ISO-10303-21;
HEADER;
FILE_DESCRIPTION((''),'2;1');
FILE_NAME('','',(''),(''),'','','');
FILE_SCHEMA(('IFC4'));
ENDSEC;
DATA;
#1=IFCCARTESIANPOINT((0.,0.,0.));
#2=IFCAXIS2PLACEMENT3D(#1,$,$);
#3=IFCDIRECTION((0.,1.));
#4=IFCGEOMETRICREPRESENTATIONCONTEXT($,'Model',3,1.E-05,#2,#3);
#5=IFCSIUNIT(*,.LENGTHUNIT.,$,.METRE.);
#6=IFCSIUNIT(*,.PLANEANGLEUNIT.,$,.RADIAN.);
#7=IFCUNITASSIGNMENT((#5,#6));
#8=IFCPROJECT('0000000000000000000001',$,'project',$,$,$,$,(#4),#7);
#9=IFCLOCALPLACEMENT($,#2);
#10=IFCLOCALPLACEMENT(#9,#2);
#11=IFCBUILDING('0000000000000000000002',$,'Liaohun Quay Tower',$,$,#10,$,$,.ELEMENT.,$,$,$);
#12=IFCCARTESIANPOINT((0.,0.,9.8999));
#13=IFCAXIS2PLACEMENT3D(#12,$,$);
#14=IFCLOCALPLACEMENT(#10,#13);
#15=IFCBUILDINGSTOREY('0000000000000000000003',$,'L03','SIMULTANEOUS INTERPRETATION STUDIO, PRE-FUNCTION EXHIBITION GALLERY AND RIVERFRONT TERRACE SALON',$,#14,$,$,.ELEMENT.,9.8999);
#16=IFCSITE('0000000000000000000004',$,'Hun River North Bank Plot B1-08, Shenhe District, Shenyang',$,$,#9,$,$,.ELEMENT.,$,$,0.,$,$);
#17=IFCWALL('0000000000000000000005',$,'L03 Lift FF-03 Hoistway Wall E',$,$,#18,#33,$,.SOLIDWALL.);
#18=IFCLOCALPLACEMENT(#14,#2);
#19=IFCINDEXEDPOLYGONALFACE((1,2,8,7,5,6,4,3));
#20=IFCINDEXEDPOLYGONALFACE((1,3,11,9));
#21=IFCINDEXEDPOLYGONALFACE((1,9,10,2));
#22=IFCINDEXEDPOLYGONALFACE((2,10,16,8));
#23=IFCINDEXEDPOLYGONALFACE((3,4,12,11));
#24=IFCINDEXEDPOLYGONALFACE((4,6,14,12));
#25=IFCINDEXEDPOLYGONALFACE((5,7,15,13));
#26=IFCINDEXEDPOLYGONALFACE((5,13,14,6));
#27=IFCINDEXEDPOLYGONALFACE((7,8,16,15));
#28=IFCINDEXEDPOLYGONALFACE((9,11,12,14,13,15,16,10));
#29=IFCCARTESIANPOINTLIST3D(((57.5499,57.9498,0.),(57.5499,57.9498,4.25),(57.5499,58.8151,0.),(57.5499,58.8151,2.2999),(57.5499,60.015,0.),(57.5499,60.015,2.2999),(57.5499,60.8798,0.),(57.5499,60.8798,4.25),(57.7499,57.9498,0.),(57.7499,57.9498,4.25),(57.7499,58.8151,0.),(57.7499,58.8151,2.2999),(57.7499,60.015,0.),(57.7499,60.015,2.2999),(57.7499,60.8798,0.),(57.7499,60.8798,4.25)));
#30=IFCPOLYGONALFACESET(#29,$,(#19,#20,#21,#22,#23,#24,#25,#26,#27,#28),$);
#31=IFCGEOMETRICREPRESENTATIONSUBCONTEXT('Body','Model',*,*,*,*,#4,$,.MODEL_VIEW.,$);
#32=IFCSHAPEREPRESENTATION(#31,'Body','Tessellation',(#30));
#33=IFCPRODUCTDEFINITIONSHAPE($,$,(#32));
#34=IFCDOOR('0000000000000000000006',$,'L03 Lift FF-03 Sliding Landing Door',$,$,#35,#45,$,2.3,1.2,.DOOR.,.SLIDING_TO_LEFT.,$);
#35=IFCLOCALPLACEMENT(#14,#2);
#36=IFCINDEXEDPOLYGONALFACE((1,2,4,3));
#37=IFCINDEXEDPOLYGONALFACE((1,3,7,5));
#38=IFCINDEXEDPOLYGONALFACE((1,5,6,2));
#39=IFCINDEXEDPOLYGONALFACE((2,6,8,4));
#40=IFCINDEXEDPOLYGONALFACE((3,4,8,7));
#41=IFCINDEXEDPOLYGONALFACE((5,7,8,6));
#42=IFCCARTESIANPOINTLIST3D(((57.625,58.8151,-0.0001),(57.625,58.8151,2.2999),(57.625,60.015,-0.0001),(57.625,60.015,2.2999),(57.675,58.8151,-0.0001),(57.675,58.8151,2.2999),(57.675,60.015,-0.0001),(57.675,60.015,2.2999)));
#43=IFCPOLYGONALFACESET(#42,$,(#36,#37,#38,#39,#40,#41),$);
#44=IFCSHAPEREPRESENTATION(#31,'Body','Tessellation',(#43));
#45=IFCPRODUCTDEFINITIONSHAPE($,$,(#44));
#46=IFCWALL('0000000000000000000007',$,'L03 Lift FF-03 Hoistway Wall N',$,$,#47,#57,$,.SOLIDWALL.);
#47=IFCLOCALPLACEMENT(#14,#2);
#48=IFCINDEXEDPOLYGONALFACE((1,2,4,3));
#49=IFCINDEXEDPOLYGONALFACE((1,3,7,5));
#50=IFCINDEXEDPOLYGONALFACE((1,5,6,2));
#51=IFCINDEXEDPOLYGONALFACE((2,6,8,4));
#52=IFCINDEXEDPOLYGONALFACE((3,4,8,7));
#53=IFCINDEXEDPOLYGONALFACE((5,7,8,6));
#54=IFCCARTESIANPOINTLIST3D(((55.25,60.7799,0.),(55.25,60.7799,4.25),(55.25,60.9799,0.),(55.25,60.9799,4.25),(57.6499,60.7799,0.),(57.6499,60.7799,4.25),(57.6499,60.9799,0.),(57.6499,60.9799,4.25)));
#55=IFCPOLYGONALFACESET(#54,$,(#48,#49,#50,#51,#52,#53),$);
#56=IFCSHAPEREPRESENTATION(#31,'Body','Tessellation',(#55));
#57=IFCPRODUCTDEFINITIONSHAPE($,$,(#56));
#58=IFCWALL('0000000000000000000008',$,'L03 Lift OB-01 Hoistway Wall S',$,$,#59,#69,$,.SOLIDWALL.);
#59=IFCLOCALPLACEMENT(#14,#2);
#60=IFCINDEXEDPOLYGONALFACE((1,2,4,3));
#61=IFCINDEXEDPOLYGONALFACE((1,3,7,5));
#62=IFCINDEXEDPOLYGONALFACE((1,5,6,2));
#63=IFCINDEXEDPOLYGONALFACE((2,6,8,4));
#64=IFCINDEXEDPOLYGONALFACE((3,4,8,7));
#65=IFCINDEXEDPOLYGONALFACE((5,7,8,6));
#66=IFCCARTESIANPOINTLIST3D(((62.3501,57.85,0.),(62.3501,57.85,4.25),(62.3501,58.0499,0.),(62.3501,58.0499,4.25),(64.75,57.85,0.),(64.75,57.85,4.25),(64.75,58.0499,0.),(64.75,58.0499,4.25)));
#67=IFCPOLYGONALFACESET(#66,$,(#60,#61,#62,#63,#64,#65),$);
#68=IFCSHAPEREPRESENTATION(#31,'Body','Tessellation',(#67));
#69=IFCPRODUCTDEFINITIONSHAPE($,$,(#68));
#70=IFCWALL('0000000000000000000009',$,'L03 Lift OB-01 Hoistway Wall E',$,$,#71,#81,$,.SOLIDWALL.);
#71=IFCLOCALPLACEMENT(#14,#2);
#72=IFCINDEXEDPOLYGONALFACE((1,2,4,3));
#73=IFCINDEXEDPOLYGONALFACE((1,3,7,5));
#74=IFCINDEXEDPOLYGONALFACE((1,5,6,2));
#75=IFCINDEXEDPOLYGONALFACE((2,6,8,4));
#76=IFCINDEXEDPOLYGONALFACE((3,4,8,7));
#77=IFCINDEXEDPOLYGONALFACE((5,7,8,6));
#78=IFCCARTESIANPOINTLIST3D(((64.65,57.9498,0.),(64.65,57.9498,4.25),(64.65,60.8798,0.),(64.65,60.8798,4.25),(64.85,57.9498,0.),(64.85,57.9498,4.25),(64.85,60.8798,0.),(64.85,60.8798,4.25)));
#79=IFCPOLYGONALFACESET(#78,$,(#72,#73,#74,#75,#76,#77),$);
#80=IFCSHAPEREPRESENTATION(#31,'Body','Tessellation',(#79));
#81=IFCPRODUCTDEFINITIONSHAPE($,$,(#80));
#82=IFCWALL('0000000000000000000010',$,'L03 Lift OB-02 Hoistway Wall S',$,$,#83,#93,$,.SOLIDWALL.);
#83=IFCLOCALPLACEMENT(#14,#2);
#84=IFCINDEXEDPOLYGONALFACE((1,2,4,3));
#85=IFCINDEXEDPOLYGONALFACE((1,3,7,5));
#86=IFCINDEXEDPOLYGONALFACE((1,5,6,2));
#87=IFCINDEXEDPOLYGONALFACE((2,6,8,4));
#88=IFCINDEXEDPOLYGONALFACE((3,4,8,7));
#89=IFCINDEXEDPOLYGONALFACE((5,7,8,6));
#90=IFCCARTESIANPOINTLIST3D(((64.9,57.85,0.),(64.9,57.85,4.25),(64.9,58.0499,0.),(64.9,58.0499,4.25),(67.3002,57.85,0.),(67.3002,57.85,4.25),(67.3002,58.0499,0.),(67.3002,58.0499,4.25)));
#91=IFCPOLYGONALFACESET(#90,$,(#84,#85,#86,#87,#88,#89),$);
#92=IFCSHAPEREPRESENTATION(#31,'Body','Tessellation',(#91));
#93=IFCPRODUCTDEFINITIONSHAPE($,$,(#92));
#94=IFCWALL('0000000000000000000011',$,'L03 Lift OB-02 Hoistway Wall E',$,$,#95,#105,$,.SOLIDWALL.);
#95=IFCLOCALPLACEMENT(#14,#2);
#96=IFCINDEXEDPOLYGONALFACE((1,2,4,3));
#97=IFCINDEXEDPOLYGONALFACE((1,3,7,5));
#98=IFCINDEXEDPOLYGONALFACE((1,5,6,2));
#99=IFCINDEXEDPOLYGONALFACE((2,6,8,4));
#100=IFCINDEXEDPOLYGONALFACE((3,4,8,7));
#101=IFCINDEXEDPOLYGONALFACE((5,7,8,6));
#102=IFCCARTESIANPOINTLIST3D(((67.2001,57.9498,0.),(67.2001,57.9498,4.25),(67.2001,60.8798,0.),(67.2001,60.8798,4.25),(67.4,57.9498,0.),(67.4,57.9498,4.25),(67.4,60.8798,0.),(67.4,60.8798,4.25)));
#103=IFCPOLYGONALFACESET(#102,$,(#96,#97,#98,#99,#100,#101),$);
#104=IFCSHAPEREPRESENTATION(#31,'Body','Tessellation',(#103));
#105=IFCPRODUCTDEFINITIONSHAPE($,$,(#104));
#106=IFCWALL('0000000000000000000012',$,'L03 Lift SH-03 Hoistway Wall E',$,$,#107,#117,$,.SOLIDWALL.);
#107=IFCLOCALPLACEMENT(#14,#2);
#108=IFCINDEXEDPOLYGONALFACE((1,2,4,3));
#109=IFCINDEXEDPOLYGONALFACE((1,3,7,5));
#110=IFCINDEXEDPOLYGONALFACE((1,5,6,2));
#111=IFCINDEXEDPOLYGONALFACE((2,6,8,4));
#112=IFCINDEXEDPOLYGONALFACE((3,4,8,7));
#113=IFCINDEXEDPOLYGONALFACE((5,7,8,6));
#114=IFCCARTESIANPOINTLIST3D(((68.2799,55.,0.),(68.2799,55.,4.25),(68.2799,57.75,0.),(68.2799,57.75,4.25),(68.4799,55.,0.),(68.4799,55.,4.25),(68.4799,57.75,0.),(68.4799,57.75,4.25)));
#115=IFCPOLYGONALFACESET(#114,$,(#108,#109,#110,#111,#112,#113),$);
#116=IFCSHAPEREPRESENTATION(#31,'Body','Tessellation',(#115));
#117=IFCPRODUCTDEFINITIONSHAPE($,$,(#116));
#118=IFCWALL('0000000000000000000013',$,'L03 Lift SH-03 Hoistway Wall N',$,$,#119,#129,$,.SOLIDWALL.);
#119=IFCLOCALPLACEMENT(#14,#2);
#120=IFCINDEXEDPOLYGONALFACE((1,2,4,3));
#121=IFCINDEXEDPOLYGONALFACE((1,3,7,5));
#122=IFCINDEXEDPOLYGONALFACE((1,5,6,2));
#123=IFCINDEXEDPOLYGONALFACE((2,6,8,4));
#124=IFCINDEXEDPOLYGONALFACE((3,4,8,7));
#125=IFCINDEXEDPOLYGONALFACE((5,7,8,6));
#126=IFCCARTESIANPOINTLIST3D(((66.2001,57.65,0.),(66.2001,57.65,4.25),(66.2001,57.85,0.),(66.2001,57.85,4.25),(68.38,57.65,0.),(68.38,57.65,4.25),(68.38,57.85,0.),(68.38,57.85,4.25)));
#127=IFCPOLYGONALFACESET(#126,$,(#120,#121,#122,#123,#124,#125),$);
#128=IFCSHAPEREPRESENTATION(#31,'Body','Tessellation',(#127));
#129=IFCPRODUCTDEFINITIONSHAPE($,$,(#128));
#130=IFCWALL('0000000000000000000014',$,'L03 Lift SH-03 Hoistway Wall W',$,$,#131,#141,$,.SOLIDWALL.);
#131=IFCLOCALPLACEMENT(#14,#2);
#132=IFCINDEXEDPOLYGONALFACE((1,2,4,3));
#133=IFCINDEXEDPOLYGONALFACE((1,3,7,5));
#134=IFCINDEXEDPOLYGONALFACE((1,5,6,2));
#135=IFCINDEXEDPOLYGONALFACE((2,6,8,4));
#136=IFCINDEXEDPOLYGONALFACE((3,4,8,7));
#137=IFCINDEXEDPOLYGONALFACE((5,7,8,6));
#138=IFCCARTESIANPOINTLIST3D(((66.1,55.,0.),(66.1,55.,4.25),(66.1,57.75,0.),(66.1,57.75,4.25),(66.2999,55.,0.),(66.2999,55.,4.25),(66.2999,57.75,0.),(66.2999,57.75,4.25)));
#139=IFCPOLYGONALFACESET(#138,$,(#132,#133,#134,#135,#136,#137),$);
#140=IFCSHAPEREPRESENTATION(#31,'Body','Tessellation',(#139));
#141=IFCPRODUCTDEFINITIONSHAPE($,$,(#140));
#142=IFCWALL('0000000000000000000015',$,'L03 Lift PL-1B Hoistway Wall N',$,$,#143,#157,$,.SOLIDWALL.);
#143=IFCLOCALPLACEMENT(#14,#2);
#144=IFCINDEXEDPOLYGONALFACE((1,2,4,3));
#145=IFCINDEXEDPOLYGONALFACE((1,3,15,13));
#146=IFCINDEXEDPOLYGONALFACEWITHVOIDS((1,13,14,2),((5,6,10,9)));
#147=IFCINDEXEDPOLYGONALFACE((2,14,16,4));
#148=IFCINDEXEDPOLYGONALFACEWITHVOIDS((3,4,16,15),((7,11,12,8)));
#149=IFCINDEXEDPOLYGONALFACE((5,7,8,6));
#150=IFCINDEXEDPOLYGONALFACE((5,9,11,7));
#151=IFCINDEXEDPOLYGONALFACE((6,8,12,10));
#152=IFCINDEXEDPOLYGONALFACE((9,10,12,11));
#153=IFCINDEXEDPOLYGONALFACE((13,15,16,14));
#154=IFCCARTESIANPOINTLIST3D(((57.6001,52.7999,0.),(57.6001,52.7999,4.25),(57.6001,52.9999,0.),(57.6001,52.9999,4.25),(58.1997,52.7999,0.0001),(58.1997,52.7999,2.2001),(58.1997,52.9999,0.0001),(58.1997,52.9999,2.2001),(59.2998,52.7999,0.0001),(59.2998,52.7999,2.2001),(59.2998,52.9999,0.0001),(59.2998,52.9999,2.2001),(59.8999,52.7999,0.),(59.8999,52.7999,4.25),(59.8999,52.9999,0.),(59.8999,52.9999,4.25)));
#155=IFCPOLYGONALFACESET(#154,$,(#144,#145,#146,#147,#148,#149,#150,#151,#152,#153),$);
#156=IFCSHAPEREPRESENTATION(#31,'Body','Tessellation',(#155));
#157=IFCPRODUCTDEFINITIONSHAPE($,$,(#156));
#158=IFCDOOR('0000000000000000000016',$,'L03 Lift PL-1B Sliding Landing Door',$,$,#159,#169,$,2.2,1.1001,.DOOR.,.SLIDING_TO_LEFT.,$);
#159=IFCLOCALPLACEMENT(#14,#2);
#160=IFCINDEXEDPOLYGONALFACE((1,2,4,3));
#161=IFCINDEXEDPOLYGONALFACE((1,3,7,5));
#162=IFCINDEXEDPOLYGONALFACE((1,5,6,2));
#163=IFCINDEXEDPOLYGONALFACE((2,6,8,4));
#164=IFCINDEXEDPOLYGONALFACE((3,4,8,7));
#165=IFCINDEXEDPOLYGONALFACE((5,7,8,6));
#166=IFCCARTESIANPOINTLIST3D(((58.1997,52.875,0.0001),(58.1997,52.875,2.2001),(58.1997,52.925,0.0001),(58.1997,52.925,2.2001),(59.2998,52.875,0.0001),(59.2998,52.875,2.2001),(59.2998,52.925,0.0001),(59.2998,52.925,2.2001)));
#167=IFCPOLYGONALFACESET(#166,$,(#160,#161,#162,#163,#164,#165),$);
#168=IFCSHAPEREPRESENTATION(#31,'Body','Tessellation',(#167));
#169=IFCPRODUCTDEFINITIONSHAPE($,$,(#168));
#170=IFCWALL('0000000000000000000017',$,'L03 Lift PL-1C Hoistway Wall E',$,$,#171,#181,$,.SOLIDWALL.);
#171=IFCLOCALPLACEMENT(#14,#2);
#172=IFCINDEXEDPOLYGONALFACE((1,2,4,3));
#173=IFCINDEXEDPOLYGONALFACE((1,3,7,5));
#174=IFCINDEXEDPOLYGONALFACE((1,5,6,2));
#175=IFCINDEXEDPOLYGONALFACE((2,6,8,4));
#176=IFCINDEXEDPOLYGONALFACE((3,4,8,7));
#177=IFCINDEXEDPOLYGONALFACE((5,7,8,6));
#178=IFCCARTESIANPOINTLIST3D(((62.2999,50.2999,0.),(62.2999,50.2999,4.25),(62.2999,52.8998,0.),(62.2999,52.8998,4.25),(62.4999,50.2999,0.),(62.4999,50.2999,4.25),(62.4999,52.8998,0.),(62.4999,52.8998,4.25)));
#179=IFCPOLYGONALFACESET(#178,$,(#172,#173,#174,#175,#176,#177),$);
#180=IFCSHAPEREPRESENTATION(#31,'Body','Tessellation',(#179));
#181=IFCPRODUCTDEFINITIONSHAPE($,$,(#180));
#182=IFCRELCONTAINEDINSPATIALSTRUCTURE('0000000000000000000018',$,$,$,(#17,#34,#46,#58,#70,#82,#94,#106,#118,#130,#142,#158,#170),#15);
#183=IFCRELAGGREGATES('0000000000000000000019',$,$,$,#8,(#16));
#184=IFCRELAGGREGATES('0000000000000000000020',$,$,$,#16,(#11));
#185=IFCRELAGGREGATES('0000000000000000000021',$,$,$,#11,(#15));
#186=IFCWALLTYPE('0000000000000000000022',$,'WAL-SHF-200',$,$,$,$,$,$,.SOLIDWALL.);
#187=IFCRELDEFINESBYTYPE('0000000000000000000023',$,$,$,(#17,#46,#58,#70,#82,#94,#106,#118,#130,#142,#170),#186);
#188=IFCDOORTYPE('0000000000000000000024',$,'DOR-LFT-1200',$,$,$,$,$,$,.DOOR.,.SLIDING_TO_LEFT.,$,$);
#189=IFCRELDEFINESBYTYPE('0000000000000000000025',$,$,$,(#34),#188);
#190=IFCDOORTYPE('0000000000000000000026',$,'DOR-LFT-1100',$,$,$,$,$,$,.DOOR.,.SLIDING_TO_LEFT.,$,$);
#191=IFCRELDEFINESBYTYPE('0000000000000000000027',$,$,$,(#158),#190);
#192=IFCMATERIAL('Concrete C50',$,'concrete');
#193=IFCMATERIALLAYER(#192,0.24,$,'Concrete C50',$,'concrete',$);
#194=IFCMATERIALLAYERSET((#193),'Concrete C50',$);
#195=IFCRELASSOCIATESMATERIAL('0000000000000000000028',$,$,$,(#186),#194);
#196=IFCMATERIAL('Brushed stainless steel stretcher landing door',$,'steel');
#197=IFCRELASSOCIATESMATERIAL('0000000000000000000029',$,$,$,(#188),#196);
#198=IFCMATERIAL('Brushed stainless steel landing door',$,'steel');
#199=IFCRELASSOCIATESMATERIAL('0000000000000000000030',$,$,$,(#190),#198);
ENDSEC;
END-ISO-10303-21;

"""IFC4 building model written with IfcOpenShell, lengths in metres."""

from ifc_helpers import new_model, si_unit, direction, frame, frame_2d, origin, place, context, subcontext, project, spatial, rectangle, extrude, source, transform, mapped, material, layer, layer_set, type_object, element, fill, save


model = new_model("IFC4")

# Units and contexts
model_context = context("Model", 3, precision=1e-05, world=origin(), true_north=direction((0.0, 1.0)))
body_context = subcontext(model_context, "Body", "Model", "MODEL_VIEW")
ifc_project = project(units=[si_unit("LENGTHUNIT", "METRE"), si_unit("PLANEANGLEUNIT", "RADIAN")], contexts=[model_context])

# Site, building, storey
site_placement = place(None, origin())
site = spatial("IfcSite", under=ifc_project, at=site_placement, Name="Hun River North Bank Plot B1-08, Shenhe District, Shenyang", CompositionType="ELEMENT", RefElevation=0.0)
building_placement = place(site_placement, origin())
building = spatial("IfcBuilding", under=site, at=building_placement, Name="Liaohun Quay Tower", CompositionType="ELEMENT")
storey_placement = place(building_placement, frame((0.0, 0.0, 9.8999)))
storey = spatial("IfcBuildingStorey", under=building, at=storey_placement, Name="L03", Description="SIMULTANEOUS INTERPRETATION STUDIO, PRE-FUNCTION EXHIBITION GALLERY AND RIVERFRONT TERRACE SALON", CompositionType="ELEMENT", Elevation=9.8999)

# Wall, opening, door
ifc_material_1 = material(Name="Concrete C50", Category="concrete")
ifc_layer_1 = layer(ifc_material_1, 0.24, Name="Concrete C50", Category="concrete")
ifc_layer_set_1 = layer_set([ifc_layer_1], Name="Concrete C50")
wall_type_1 = type_object("IfcWallType", Name="WAL-SHF-200", PredefinedType="SOLIDWALL", material=ifc_layer_set_1)
wall_1_placement = place(storey_placement, frame((57.6499, 57.95, 0.0), z_axis=(0.0, 0.0, 1.0), x_axis=(0.0, 1.0, 0.0)))
wall_1 = element("IfcWall", 1, at=wall_1_placement, inside=storey, type_object=wall_type_1, Name="L03 Lift FF-03 Hoistway Wall E", PredefinedType="SOLIDWALL", context=body_context, shape_type="SweptSolid", body=[
    extrude(rectangle(XDim=2.9299, YDim=0.2, at=frame_2d((1.4648, 0.0))), origin(), (0.0, 0.0, 1.0), 4.25),
])
shared_shape_1 = source(origin(), body_context, "Body", "SweptSolid", [
    extrude(rectangle(XDim=1.2, YDim=2.3, at=frame_2d((0.6001, 1.1499))), frame((0.0, 0.1099, 0.0), z_axis=(0.0, -1.0, 0.0), x_axis=(1.0, 0.0, 0.0)), (0.0, 0.0, 1.0), 0.22),
])
opening_1_placement = place(wall_1_placement, frame((0.865, 0.0, 0.0)))
opening_1 = element("IfcOpeningElement", 2, at=opening_1_placement, cuts=wall_1, PredefinedType="OPENING", context=body_context, shape_type="MappedRepresentation", body=[
    mapped(shared_shape_1, transform((0.0, 0.0, 0.0), x_axis=(1.0, 0.0, 0.0), y_axis=(0.0, 1.0, 0.0), z_axis=(0.0, 0.0, 1.0), scale=1.0)),
])
ifc_material_2 = material(Name="Brushed stainless steel stretcher landing door", Category="steel")
door_type_1 = type_object("IfcDoorType", Name="DOR-LFT-1200", OperationType="SLIDING_TO_LEFT", PredefinedType="DOOR", material=ifc_material_2)
shared_shape_2 = source(origin(), body_context, "Body", "SweptSolid", [
    extrude(rectangle(XDim=1.2, YDim=2.3, at=frame_2d((0.6001, 1.1499))), frame((0.0, 0.0249, 0.0), z_axis=(0.0, -1.0, 0.0), x_axis=(1.0, 0.0, 0.0)), (0.0, 0.0, 1.0), 0.05),
])
door_1_placement = place(opening_1_placement, origin())
door_1 = element("IfcDoor", 3, at=door_1_placement, inside=storey, type_object=door_type_1, Name="L03 Lift FF-03 Sliding Landing Door", OperationType="SLIDING_TO_LEFT", OverallHeight=2.3, OverallWidth=1.2, PredefinedType="DOOR", context=body_context, shape_type="MappedRepresentation", body=[
    mapped(shared_shape_2, transform((0.0, 0.0, 0.0), x_axis=(1.0, 0.0, 0.0), y_axis=(0.0, 1.0, 0.0), z_axis=(0.0, 0.0, 1.0), scale=1.0)),
])
fill(opening_1, door_1)

# Walls
for number, where, z_axis, x_axis, name in (
    (4, (57.6499, 60.8799, 0.0), (0.0, 0.0, 1.0), (-1.0, 0.0, 0.0), "L03 Lift FF-03 Hoistway Wall N"),
    (5, (62.3501, 57.95, 0.0), (0.0, 0.0, 1.0), (1.0, 0.0, 0.0), "L03 Lift OB-01 Hoistway Wall S"),
):
    element("IfcWall", number, at=place(storey_placement, frame(where, z_axis=z_axis, x_axis=x_axis)), inside=storey, type_object=wall_type_1, Name=name, PredefinedType="SOLIDWALL", context=body_context, shape_type="SweptSolid", body=[
        extrude(rectangle(XDim=2.3999, YDim=0.2, at=frame_2d((1.2, 0.0))), origin(), (0.0, 0.0, 1.0), 4.25),
    ])
wall_2_placement = place(storey_placement, frame((64.75, 57.95, 0.0), z_axis=(0.0, 0.0, 1.0), x_axis=(0.0, 1.0, 0.0)))
element("IfcWall", 6, at=wall_2_placement, inside=storey, type_object=wall_type_1, Name="L03 Lift OB-01 Hoistway Wall E", PredefinedType="SOLIDWALL", context=body_context, shape_type="SweptSolid", body=[
    extrude(rectangle(XDim=2.9299, YDim=0.2, at=frame_2d((1.4648, 0.0))), origin(), (0.0, 0.0, 1.0), 4.25),
])
wall_3_placement = place(storey_placement, frame((64.8999, 57.95, 0.0), z_axis=(0.0, 0.0, 1.0), x_axis=(1.0, 0.0, 0.0)))
element("IfcWall", 7, at=wall_3_placement, inside=storey, type_object=wall_type_1, Name="L03 Lift OB-02 Hoistway Wall S", PredefinedType="SOLIDWALL", context=body_context, shape_type="SweptSolid", body=[
    extrude(rectangle(XDim=2.4001, YDim=0.2, at=frame_2d((1.2002, 0.0))), origin(), (0.0, 0.0, 1.0), 4.25),
])
wall_4_placement = place(storey_placement, frame((67.3, 57.95, 0.0), z_axis=(0.0, 0.0, 1.0), x_axis=(0.0, 1.0, 0.0)))
element("IfcWall", 8, at=wall_4_placement, inside=storey, type_object=wall_type_1, Name="L03 Lift OB-02 Hoistway Wall E", PredefinedType="SOLIDWALL", context=body_context, shape_type="SweptSolid", body=[
    extrude(rectangle(XDim=2.9299, YDim=0.2, at=frame_2d((1.4648, 0.0))), origin(), (0.0, 0.0, 1.0), 4.25),
])
wall_5_placement = place(storey_placement, frame((68.3799, 55.0, 0.0), z_axis=(0.0, 0.0, 1.0), x_axis=(0.0, 1.0, 0.0)))
element("IfcWall", 9, at=wall_5_placement, inside=storey, type_object=wall_type_1, Name="L03 Lift SH-03 Hoistway Wall E", PredefinedType="SOLIDWALL", context=body_context, shape_type="SweptSolid", body=[
    extrude(rectangle(XDim=2.75, YDim=0.2, at=frame_2d((1.375, 0.0))), origin(), (0.0, 0.0, 1.0), 4.25),
])
wall_6_placement = place(storey_placement, frame((68.3799, 57.75, 0.0), z_axis=(0.0, 0.0, 1.0), x_axis=(-1.0, 0.0, 0.0)))
element("IfcWall", 10, at=wall_6_placement, inside=storey, type_object=wall_type_1, Name="L03 Lift SH-03 Hoistway Wall N", PredefinedType="SOLIDWALL", context=body_context, shape_type="SweptSolid", body=[
    extrude(rectangle(XDim=2.1799, YDim=0.2, at=frame_2d((1.0898, 0.0))), origin(), (0.0, 0.0, 1.0), 4.25),
])
wall_7_placement = place(storey_placement, frame((66.2, 57.75, 0.0), z_axis=(0.0, 0.0, 1.0), x_axis=(0.0, -1.0, 0.0)))
element("IfcWall", 11, at=wall_7_placement, inside=storey, type_object=wall_type_1, Name="L03 Lift SH-03 Hoistway Wall W", PredefinedType="SOLIDWALL", context=body_context, shape_type="SweptSolid", body=[
    extrude(rectangle(XDim=2.75, YDim=0.2, at=frame_2d((1.375, 0.0))), origin(), (0.0, 0.0, 1.0), 4.25),
])

# Wall, opening, door
wall_8_placement = place(storey_placement, frame((59.8999, 52.8999, 0.0), z_axis=(0.0, 0.0, 1.0), x_axis=(-1.0, 0.0, 0.0)))
wall_8 = element("IfcWall", 12, at=wall_8_placement, inside=storey, type_object=wall_type_1, Name="L03 Lift PL-1B Hoistway Wall N", PredefinedType="SOLIDWALL", context=body_context, shape_type="SweptSolid", body=[
    extrude(rectangle(XDim=2.2998, YDim=0.2, at=frame_2d((1.1499, 0.0))), origin(), (0.0, 0.0, 1.0), 4.25),
])
shared_shape_3 = source(origin(), body_context, "Body", "SweptSolid", [
    extrude(rectangle(XDim=1.1001, YDim=2.2, at=frame_2d((0.55, 1.1001))), frame((0.0, 0.1099, 0.0), z_axis=(0.0, -1.0, 0.0), x_axis=(1.0, 0.0, 0.0)), (0.0, 0.0, 1.0), 0.22),
])
opening_2_placement = place(wall_8_placement, frame((0.6001, 0.0, 0.0)))
opening_2 = element("IfcOpeningElement", 13, at=opening_2_placement, cuts=wall_8, PredefinedType="OPENING", context=body_context, shape_type="MappedRepresentation", body=[
    mapped(shared_shape_3, transform((0.0, 0.0, 0.0), x_axis=(1.0, 0.0, 0.0), y_axis=(0.0, 1.0, 0.0), z_axis=(0.0, 0.0, 1.0), scale=1.0)),
])
ifc_material_3 = material(Name="Brushed stainless steel landing door", Category="steel")
door_type_2 = type_object("IfcDoorType", Name="DOR-LFT-1100", OperationType="SLIDING_TO_LEFT", PredefinedType="DOOR", material=ifc_material_3)
shared_shape_4 = source(origin(), body_context, "Body", "SweptSolid", [
    extrude(rectangle(XDim=1.1001, YDim=2.2, at=frame_2d((0.55, 1.1001))), frame((0.0, 0.0249, 0.0), z_axis=(0.0, -1.0, 0.0), x_axis=(1.0, 0.0, 0.0)), (0.0, 0.0, 1.0), 0.05),
])
door_2_placement = place(opening_2_placement, origin())
door_2 = element("IfcDoor", 14, at=door_2_placement, inside=storey, type_object=door_type_2, Name="L03 Lift PL-1B Sliding Landing Door", OperationType="SLIDING_TO_LEFT", OverallHeight=2.2, OverallWidth=1.1001, PredefinedType="DOOR", context=body_context, shape_type="MappedRepresentation", body=[
    mapped(shared_shape_4, transform((0.0, 0.0, 0.0), x_axis=(1.0, 0.0, 0.0), y_axis=(0.0, 1.0, 0.0), z_axis=(0.0, 0.0, 1.0), scale=1.0)),
])
fill(opening_2, door_2)

# Wall
wall_9_placement = place(storey_placement, frame((62.3999, 50.3, 0.0), z_axis=(0.0, 0.0, 1.0), x_axis=(0.0, 1.0, 0.0)))
element("IfcWall", 15, at=wall_9_placement, inside=storey, type_object=wall_type_1, Name="L03 Lift PL-1C Hoistway Wall E", PredefinedType="SOLIDWALL", context=body_context, shape_type="SweptSolid", body=[
    extrude(rectangle(XDim=2.5999, YDim=0.2, at=frame_2d((1.2998, 0.0))), origin(), (0.0, 0.0, 1.0), 4.25),
])

save(model, "model.ifc")
